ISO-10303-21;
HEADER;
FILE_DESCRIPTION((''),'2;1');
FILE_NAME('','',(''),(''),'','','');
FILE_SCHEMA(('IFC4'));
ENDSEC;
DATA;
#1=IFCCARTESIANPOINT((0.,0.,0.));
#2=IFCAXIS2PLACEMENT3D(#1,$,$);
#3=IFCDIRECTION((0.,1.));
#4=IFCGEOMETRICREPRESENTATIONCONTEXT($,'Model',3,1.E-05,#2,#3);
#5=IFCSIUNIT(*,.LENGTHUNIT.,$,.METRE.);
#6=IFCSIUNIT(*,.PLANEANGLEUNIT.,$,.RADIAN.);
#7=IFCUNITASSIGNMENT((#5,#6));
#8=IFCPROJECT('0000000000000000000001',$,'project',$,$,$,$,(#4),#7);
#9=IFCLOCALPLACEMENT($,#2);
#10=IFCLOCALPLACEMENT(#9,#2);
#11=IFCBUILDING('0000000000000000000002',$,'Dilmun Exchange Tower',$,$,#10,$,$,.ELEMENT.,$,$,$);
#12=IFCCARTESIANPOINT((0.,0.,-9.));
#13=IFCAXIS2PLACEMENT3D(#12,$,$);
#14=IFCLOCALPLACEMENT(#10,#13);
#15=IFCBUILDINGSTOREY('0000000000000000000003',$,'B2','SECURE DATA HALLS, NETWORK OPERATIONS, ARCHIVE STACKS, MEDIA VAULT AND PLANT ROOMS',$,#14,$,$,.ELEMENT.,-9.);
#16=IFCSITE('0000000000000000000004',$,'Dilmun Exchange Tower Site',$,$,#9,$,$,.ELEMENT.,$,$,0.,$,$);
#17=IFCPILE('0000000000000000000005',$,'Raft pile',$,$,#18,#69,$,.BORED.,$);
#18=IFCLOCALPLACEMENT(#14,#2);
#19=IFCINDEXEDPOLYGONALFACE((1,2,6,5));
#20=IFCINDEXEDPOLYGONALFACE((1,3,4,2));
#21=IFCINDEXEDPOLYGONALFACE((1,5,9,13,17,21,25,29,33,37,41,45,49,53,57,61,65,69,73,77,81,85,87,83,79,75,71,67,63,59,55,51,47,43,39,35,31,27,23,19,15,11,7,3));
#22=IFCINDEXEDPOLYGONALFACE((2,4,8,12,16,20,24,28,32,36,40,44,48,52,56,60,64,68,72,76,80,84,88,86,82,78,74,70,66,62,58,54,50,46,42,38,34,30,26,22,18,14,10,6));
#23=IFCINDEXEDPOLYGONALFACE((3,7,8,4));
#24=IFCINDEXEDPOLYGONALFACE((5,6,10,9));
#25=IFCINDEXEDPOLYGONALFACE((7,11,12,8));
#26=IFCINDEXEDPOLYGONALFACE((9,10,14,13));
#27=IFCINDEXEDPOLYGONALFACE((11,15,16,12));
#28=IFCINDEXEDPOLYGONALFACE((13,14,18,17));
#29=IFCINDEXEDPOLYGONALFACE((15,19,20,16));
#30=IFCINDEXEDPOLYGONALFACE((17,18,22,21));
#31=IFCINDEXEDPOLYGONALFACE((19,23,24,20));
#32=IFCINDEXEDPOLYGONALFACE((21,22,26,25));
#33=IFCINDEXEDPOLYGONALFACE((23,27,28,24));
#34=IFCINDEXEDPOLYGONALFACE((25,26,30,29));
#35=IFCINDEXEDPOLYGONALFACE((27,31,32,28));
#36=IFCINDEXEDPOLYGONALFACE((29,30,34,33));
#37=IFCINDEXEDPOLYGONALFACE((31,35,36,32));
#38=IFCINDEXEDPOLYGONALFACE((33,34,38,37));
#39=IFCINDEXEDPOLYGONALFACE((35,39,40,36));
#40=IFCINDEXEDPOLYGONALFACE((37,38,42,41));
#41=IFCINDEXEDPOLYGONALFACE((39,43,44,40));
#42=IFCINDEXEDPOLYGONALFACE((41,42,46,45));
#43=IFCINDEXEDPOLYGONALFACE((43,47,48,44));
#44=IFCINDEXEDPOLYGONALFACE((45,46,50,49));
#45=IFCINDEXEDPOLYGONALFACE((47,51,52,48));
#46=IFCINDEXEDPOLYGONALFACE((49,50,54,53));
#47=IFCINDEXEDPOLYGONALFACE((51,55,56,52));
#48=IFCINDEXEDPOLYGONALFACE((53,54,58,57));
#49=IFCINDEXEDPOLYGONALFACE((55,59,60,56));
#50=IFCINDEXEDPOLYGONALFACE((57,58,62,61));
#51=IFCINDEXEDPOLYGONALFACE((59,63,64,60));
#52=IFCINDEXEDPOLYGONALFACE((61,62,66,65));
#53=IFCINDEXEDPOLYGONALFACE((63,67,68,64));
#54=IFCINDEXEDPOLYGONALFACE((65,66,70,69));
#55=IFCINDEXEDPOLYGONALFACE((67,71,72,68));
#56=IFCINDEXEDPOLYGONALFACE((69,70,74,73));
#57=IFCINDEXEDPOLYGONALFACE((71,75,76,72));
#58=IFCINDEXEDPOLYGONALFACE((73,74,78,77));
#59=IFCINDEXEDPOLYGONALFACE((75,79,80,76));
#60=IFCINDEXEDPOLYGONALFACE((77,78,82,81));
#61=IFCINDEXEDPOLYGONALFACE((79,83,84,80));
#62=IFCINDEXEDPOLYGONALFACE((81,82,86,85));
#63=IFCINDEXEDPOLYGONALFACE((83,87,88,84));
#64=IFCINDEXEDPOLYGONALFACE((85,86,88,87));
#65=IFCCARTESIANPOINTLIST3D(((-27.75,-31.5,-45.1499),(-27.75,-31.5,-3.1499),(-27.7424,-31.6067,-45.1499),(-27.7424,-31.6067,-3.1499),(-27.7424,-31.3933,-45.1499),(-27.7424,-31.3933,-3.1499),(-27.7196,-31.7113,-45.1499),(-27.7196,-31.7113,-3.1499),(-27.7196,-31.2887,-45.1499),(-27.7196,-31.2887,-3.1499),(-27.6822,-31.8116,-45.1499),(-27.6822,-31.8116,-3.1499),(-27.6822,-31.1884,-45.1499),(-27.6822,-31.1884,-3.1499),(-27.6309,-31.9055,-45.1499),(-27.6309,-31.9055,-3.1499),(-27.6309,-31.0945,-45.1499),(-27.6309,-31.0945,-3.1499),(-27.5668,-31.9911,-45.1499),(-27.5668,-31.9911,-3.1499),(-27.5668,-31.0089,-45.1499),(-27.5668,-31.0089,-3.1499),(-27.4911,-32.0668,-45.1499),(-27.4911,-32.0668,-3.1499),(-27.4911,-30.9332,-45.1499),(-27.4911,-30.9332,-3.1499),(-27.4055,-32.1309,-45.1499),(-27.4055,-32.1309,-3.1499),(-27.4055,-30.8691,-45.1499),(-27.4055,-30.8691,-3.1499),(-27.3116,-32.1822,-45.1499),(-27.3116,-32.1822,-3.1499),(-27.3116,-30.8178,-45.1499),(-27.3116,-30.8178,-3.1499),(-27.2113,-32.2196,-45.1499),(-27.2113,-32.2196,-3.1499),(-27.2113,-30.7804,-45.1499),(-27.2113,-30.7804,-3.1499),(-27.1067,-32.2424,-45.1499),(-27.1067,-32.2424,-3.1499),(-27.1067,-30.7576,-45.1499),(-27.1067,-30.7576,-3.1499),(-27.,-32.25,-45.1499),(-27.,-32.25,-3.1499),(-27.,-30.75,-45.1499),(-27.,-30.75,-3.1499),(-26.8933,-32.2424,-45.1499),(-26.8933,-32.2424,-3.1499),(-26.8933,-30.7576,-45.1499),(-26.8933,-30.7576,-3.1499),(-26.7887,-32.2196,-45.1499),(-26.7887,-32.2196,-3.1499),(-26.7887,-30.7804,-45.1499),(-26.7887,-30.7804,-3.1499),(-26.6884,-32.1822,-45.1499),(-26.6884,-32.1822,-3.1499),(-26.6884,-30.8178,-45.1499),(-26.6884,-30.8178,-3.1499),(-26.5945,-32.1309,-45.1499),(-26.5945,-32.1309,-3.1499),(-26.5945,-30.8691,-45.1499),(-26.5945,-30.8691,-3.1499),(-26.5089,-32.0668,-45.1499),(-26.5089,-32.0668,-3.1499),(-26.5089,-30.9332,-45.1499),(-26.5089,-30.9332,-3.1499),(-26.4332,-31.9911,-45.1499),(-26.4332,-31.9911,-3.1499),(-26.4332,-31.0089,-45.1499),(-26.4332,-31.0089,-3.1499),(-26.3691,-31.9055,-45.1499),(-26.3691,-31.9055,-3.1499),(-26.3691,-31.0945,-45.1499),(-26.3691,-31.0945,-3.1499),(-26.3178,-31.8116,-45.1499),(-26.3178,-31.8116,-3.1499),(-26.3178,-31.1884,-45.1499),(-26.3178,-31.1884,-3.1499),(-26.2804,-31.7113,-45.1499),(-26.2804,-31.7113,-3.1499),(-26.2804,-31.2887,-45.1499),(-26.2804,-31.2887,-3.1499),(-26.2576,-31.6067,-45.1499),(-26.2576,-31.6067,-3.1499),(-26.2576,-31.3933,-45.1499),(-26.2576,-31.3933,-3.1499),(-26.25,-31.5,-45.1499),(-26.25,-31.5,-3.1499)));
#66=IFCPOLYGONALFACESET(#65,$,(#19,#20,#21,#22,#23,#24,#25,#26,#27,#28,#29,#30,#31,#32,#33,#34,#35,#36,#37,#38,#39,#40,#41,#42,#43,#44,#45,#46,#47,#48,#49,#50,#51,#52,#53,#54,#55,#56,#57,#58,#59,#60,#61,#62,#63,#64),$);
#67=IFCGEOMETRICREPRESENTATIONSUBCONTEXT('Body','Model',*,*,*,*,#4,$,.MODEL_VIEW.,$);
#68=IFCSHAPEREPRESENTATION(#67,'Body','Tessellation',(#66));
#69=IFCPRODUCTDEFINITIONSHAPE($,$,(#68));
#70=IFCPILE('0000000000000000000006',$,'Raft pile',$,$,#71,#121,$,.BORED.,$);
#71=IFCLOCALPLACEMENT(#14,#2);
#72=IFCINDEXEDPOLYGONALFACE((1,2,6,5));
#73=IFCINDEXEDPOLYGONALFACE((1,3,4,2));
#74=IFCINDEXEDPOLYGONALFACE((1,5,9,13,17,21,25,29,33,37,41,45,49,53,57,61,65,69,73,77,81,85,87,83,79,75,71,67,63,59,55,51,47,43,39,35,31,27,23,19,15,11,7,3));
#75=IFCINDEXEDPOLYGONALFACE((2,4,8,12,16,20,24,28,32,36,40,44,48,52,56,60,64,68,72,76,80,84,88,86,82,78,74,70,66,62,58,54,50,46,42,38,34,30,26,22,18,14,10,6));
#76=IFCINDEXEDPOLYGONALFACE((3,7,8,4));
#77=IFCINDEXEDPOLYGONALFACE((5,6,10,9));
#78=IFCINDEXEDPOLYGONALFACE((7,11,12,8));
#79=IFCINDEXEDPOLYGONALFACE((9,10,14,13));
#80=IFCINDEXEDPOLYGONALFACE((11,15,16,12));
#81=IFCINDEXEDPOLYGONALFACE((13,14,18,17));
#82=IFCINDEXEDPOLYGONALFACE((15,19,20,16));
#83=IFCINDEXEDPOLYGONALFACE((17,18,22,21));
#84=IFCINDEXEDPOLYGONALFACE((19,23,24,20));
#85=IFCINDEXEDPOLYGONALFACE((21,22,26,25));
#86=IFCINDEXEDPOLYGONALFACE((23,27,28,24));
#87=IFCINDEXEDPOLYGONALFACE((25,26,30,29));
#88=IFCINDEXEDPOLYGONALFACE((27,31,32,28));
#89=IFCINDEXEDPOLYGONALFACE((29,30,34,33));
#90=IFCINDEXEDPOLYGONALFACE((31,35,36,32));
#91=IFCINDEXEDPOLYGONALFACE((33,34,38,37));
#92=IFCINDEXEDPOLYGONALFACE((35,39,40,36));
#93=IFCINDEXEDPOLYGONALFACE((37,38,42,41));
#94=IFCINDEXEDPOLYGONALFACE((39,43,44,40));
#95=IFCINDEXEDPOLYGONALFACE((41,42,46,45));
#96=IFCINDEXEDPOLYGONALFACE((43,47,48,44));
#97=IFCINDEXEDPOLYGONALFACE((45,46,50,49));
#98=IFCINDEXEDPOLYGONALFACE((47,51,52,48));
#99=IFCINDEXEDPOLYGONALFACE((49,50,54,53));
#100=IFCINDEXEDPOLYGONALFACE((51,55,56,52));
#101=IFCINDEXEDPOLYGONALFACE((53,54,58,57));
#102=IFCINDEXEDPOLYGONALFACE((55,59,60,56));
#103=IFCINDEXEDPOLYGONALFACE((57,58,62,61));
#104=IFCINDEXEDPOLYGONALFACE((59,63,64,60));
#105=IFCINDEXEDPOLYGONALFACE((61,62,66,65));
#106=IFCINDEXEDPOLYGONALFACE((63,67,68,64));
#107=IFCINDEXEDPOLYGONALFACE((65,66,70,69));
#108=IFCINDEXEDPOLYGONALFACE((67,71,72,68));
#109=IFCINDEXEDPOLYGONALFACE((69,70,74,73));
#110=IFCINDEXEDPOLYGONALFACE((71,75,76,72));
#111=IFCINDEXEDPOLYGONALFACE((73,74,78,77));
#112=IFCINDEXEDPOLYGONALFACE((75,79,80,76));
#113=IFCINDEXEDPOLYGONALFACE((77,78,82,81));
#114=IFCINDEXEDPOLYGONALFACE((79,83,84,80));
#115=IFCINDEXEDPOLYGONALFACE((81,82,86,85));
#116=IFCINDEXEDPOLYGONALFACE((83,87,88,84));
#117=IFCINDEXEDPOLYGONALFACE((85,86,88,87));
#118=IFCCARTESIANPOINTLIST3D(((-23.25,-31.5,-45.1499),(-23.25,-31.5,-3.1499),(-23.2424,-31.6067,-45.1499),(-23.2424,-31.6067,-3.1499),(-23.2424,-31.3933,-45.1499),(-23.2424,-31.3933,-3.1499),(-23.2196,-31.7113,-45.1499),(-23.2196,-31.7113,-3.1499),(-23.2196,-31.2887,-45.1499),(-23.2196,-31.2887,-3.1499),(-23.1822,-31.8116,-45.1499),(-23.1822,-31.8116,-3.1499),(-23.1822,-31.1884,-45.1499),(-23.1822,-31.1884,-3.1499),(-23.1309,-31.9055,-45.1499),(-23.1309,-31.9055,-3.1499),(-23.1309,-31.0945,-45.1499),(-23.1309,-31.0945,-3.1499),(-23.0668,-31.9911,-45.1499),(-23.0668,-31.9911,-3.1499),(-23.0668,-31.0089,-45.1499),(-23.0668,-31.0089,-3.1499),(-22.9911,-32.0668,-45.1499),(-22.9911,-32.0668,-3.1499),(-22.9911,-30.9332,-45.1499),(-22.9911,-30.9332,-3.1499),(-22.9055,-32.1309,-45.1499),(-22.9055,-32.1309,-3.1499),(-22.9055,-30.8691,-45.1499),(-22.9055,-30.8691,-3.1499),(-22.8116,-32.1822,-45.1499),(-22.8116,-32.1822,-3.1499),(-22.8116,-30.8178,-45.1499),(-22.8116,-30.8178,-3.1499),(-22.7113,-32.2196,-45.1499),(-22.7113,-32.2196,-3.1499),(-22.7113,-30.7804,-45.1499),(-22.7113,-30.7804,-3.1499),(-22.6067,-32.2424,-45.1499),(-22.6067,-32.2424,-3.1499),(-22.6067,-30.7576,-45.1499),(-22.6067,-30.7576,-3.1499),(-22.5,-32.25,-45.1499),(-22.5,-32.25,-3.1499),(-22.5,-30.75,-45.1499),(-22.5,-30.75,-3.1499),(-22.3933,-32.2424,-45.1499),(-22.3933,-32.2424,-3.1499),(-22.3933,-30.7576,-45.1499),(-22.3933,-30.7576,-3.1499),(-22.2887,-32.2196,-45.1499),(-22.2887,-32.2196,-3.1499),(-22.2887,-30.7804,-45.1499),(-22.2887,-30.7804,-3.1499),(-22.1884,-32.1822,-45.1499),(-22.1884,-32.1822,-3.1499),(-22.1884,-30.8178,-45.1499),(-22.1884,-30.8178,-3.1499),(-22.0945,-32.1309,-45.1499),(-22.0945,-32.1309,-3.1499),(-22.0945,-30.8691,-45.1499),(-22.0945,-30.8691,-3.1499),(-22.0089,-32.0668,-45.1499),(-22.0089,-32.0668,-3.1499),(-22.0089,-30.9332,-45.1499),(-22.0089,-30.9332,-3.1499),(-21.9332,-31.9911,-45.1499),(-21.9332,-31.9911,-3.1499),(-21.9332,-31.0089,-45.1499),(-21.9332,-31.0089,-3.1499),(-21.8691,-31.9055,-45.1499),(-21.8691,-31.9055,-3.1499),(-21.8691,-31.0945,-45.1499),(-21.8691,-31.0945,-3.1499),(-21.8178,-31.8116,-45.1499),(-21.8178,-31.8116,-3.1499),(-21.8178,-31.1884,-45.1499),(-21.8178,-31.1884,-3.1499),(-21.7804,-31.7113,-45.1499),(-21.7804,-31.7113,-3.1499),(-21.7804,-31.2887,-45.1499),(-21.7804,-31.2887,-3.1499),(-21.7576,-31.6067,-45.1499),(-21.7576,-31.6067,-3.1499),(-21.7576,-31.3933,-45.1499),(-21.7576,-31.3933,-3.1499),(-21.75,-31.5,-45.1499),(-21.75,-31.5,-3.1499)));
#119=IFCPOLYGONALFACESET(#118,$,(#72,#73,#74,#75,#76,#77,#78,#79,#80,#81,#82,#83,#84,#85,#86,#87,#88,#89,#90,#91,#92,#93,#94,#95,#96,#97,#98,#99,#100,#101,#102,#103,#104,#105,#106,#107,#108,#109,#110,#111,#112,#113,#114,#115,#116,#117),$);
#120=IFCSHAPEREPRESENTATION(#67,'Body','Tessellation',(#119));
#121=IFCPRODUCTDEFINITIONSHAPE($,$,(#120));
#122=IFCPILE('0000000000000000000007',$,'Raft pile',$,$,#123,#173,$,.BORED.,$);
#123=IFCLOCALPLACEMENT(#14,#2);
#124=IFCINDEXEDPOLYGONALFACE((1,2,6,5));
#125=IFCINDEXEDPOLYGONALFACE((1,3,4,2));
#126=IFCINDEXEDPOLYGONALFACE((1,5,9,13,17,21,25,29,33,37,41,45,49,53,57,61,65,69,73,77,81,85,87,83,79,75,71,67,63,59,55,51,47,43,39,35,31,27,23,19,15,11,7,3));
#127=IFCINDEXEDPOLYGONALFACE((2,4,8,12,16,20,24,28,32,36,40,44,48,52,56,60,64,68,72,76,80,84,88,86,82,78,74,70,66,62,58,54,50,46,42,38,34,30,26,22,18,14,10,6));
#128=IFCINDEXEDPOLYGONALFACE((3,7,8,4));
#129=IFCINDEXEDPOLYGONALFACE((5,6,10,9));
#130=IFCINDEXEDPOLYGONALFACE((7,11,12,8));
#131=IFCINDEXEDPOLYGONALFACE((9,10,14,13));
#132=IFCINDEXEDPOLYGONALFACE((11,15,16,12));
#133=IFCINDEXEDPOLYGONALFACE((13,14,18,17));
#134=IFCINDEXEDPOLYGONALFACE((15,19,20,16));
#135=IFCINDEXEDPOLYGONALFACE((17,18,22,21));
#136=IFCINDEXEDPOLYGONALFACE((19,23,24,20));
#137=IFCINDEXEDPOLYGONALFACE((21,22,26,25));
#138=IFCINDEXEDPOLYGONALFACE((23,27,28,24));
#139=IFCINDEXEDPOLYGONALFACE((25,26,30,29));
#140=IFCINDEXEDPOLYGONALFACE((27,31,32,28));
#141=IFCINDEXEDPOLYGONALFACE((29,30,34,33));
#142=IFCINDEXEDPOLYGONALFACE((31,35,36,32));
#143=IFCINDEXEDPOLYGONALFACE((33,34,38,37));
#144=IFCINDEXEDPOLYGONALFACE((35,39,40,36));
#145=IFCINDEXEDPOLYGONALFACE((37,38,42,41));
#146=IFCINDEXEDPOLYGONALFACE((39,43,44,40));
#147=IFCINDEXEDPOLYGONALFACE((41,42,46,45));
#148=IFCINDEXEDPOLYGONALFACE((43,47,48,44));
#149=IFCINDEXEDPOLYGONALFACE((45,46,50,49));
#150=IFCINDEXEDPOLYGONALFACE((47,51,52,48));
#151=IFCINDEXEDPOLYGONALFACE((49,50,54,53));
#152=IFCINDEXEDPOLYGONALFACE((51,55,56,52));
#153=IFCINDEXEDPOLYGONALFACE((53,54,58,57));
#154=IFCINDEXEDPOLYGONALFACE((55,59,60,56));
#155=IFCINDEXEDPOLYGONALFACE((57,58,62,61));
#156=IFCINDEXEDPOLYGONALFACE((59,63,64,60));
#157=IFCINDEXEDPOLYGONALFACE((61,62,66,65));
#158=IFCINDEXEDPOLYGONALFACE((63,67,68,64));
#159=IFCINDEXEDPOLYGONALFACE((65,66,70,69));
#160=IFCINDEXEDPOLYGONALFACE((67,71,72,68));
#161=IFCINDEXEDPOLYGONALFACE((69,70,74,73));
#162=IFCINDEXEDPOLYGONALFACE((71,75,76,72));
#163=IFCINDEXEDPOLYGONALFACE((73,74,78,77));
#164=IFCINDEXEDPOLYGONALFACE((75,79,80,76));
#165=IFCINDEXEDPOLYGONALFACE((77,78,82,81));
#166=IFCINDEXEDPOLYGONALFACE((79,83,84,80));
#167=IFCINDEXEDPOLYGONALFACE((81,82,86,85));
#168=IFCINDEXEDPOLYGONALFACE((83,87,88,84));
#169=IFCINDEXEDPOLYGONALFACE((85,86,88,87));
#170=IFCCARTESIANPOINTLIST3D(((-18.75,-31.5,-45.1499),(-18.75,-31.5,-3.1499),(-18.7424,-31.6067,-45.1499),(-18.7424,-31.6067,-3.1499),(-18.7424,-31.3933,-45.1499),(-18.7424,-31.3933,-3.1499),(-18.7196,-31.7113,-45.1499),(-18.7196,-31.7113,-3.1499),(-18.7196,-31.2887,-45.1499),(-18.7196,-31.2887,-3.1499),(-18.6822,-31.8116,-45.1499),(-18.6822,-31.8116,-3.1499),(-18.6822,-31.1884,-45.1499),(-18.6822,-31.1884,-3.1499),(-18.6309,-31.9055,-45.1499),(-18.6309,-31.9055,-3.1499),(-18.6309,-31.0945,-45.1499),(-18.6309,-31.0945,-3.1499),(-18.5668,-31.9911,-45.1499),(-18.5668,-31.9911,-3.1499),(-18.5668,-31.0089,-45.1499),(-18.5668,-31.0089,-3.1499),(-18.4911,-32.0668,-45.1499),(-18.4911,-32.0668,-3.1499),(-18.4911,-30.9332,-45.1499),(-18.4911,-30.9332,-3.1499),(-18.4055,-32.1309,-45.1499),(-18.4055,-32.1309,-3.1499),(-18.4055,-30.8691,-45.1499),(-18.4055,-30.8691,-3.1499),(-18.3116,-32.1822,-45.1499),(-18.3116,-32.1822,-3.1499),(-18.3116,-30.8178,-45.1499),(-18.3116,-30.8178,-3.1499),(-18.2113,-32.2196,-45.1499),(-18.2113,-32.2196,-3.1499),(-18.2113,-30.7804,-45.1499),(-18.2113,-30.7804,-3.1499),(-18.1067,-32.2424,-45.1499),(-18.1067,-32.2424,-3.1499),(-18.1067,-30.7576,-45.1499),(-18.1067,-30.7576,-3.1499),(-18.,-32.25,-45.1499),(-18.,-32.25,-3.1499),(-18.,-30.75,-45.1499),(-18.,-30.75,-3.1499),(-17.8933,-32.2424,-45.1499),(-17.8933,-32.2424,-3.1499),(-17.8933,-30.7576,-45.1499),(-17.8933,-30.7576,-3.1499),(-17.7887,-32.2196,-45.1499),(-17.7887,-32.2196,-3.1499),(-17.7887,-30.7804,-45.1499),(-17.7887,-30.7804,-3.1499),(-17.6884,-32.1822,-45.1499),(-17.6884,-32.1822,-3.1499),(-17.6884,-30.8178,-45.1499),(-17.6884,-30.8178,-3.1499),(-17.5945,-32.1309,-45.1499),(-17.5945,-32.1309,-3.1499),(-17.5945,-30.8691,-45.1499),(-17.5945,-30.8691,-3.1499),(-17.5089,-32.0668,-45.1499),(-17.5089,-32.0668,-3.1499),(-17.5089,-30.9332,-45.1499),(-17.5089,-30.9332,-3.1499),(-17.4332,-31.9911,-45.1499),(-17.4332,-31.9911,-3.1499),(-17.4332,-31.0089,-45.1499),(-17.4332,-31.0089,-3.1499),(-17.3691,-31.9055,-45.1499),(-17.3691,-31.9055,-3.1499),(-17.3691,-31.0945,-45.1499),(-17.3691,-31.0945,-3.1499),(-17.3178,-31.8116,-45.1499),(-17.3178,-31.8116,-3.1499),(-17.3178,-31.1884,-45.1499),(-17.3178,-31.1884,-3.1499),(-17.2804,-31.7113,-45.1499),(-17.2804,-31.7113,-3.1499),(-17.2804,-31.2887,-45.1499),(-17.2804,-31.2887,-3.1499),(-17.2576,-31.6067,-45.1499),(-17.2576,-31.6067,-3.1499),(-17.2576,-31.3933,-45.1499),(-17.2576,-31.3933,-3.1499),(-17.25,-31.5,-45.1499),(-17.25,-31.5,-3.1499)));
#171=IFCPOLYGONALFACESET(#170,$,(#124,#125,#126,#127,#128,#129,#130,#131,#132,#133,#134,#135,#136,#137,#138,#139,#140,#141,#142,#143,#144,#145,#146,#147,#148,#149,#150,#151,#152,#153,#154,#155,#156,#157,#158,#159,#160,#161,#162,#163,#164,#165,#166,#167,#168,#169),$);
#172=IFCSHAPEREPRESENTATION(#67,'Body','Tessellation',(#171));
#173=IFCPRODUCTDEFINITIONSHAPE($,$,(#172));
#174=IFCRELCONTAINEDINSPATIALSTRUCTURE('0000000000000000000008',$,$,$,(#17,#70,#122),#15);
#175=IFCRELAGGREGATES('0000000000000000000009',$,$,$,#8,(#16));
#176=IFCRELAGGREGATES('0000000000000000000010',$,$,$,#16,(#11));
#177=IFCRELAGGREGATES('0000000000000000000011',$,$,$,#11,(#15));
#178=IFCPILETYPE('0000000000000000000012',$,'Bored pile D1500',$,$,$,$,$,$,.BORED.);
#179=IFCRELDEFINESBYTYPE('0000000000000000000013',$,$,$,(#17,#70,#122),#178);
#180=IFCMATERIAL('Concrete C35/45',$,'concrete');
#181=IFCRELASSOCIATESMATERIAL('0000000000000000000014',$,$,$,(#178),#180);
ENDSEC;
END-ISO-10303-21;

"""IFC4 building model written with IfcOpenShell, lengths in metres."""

from ifc_helpers import new_model, si_unit, direction, frame, origin, origin_2d, place, context, subcontext, project, spatial, circle, extrude, material, material_profile, profile_set, type_object, element, save


model = new_model("IFC4")

# Units and contexts
model_context = context("Model", 3, precision=1e-05, world=origin(), true_north=direction((0.0, 1.0)))
body_context = subcontext(model_context, "Body", "Model", "MODEL_VIEW")
ifc_project = project(units=[si_unit("LENGTHUNIT", "METRE"), si_unit("PLANEANGLEUNIT", "RADIAN")], contexts=[model_context])

# Site, building, storey
site_placement = place(None, origin())
site = spatial("IfcSite", under=ifc_project, at=site_placement, Name="Dilmun Exchange Tower Site", CompositionType="ELEMENT", RefElevation=0.0)
building_placement = place(site_placement, origin())
building = spatial("IfcBuilding", under=site, at=building_placement, Name="Dilmun Exchange Tower", CompositionType="ELEMENT")
storey_placement = place(building_placement, frame((0.0, 0.0, -9.0)))
storey = spatial("IfcBuildingStorey", under=building, at=storey_placement, Name="B2", Description="SECURE DATA HALLS, NETWORK OPERATIONS, ARCHIVE STACKS, MEDIA VAULT AND PLANT ROOMS", CompositionType="ELEMENT", Elevation=-9.0)

# Piles
ifc_material_1 = material(Name="Concrete C35/45", Category="concrete")
ifc_material_profile_1 = material_profile(ifc_material_1, circle(Radius=0.75, at=origin_2d()), Name="D1500")
ifc_profile_set_1 = profile_set([ifc_material_profile_1], Name="Concrete C35/45")
pile_type = type_object("IfcPileType", Name="Bored pile D1500", PredefinedType="BORED", material=ifc_profile_set_1)
for number, where, z_axis, x_axis, name in (
    (1, (-27.0, -31.5, -3.1499), (0.0, 0.0, -1.0), (1.0, 0.0, 0.0), "Raft pile"),
    (2, (-22.5, -31.5, -3.1499), (0.0, 0.0, -1.0), (1.0, 0.0, 0.0), "Raft pile"),
    (3, (-18.0, -31.5, -3.1499), (0.0, 0.0, -1.0), (1.0, 0.0, 0.0), "Raft pile"),
):
    element("IfcPile", number, at=place(storey_placement, frame(where, z_axis=z_axis, x_axis=x_axis)), inside=storey, type_object=pile_type, Name=name, PredefinedType="BORED", context=body_context, shape_type="SweptSolid", body=[
        extrude(circle(Radius=0.75, at=origin_2d()), origin(), (0.0, 0.0, 1.0), 42.0),
    ])

save(model, "model.ifc")
